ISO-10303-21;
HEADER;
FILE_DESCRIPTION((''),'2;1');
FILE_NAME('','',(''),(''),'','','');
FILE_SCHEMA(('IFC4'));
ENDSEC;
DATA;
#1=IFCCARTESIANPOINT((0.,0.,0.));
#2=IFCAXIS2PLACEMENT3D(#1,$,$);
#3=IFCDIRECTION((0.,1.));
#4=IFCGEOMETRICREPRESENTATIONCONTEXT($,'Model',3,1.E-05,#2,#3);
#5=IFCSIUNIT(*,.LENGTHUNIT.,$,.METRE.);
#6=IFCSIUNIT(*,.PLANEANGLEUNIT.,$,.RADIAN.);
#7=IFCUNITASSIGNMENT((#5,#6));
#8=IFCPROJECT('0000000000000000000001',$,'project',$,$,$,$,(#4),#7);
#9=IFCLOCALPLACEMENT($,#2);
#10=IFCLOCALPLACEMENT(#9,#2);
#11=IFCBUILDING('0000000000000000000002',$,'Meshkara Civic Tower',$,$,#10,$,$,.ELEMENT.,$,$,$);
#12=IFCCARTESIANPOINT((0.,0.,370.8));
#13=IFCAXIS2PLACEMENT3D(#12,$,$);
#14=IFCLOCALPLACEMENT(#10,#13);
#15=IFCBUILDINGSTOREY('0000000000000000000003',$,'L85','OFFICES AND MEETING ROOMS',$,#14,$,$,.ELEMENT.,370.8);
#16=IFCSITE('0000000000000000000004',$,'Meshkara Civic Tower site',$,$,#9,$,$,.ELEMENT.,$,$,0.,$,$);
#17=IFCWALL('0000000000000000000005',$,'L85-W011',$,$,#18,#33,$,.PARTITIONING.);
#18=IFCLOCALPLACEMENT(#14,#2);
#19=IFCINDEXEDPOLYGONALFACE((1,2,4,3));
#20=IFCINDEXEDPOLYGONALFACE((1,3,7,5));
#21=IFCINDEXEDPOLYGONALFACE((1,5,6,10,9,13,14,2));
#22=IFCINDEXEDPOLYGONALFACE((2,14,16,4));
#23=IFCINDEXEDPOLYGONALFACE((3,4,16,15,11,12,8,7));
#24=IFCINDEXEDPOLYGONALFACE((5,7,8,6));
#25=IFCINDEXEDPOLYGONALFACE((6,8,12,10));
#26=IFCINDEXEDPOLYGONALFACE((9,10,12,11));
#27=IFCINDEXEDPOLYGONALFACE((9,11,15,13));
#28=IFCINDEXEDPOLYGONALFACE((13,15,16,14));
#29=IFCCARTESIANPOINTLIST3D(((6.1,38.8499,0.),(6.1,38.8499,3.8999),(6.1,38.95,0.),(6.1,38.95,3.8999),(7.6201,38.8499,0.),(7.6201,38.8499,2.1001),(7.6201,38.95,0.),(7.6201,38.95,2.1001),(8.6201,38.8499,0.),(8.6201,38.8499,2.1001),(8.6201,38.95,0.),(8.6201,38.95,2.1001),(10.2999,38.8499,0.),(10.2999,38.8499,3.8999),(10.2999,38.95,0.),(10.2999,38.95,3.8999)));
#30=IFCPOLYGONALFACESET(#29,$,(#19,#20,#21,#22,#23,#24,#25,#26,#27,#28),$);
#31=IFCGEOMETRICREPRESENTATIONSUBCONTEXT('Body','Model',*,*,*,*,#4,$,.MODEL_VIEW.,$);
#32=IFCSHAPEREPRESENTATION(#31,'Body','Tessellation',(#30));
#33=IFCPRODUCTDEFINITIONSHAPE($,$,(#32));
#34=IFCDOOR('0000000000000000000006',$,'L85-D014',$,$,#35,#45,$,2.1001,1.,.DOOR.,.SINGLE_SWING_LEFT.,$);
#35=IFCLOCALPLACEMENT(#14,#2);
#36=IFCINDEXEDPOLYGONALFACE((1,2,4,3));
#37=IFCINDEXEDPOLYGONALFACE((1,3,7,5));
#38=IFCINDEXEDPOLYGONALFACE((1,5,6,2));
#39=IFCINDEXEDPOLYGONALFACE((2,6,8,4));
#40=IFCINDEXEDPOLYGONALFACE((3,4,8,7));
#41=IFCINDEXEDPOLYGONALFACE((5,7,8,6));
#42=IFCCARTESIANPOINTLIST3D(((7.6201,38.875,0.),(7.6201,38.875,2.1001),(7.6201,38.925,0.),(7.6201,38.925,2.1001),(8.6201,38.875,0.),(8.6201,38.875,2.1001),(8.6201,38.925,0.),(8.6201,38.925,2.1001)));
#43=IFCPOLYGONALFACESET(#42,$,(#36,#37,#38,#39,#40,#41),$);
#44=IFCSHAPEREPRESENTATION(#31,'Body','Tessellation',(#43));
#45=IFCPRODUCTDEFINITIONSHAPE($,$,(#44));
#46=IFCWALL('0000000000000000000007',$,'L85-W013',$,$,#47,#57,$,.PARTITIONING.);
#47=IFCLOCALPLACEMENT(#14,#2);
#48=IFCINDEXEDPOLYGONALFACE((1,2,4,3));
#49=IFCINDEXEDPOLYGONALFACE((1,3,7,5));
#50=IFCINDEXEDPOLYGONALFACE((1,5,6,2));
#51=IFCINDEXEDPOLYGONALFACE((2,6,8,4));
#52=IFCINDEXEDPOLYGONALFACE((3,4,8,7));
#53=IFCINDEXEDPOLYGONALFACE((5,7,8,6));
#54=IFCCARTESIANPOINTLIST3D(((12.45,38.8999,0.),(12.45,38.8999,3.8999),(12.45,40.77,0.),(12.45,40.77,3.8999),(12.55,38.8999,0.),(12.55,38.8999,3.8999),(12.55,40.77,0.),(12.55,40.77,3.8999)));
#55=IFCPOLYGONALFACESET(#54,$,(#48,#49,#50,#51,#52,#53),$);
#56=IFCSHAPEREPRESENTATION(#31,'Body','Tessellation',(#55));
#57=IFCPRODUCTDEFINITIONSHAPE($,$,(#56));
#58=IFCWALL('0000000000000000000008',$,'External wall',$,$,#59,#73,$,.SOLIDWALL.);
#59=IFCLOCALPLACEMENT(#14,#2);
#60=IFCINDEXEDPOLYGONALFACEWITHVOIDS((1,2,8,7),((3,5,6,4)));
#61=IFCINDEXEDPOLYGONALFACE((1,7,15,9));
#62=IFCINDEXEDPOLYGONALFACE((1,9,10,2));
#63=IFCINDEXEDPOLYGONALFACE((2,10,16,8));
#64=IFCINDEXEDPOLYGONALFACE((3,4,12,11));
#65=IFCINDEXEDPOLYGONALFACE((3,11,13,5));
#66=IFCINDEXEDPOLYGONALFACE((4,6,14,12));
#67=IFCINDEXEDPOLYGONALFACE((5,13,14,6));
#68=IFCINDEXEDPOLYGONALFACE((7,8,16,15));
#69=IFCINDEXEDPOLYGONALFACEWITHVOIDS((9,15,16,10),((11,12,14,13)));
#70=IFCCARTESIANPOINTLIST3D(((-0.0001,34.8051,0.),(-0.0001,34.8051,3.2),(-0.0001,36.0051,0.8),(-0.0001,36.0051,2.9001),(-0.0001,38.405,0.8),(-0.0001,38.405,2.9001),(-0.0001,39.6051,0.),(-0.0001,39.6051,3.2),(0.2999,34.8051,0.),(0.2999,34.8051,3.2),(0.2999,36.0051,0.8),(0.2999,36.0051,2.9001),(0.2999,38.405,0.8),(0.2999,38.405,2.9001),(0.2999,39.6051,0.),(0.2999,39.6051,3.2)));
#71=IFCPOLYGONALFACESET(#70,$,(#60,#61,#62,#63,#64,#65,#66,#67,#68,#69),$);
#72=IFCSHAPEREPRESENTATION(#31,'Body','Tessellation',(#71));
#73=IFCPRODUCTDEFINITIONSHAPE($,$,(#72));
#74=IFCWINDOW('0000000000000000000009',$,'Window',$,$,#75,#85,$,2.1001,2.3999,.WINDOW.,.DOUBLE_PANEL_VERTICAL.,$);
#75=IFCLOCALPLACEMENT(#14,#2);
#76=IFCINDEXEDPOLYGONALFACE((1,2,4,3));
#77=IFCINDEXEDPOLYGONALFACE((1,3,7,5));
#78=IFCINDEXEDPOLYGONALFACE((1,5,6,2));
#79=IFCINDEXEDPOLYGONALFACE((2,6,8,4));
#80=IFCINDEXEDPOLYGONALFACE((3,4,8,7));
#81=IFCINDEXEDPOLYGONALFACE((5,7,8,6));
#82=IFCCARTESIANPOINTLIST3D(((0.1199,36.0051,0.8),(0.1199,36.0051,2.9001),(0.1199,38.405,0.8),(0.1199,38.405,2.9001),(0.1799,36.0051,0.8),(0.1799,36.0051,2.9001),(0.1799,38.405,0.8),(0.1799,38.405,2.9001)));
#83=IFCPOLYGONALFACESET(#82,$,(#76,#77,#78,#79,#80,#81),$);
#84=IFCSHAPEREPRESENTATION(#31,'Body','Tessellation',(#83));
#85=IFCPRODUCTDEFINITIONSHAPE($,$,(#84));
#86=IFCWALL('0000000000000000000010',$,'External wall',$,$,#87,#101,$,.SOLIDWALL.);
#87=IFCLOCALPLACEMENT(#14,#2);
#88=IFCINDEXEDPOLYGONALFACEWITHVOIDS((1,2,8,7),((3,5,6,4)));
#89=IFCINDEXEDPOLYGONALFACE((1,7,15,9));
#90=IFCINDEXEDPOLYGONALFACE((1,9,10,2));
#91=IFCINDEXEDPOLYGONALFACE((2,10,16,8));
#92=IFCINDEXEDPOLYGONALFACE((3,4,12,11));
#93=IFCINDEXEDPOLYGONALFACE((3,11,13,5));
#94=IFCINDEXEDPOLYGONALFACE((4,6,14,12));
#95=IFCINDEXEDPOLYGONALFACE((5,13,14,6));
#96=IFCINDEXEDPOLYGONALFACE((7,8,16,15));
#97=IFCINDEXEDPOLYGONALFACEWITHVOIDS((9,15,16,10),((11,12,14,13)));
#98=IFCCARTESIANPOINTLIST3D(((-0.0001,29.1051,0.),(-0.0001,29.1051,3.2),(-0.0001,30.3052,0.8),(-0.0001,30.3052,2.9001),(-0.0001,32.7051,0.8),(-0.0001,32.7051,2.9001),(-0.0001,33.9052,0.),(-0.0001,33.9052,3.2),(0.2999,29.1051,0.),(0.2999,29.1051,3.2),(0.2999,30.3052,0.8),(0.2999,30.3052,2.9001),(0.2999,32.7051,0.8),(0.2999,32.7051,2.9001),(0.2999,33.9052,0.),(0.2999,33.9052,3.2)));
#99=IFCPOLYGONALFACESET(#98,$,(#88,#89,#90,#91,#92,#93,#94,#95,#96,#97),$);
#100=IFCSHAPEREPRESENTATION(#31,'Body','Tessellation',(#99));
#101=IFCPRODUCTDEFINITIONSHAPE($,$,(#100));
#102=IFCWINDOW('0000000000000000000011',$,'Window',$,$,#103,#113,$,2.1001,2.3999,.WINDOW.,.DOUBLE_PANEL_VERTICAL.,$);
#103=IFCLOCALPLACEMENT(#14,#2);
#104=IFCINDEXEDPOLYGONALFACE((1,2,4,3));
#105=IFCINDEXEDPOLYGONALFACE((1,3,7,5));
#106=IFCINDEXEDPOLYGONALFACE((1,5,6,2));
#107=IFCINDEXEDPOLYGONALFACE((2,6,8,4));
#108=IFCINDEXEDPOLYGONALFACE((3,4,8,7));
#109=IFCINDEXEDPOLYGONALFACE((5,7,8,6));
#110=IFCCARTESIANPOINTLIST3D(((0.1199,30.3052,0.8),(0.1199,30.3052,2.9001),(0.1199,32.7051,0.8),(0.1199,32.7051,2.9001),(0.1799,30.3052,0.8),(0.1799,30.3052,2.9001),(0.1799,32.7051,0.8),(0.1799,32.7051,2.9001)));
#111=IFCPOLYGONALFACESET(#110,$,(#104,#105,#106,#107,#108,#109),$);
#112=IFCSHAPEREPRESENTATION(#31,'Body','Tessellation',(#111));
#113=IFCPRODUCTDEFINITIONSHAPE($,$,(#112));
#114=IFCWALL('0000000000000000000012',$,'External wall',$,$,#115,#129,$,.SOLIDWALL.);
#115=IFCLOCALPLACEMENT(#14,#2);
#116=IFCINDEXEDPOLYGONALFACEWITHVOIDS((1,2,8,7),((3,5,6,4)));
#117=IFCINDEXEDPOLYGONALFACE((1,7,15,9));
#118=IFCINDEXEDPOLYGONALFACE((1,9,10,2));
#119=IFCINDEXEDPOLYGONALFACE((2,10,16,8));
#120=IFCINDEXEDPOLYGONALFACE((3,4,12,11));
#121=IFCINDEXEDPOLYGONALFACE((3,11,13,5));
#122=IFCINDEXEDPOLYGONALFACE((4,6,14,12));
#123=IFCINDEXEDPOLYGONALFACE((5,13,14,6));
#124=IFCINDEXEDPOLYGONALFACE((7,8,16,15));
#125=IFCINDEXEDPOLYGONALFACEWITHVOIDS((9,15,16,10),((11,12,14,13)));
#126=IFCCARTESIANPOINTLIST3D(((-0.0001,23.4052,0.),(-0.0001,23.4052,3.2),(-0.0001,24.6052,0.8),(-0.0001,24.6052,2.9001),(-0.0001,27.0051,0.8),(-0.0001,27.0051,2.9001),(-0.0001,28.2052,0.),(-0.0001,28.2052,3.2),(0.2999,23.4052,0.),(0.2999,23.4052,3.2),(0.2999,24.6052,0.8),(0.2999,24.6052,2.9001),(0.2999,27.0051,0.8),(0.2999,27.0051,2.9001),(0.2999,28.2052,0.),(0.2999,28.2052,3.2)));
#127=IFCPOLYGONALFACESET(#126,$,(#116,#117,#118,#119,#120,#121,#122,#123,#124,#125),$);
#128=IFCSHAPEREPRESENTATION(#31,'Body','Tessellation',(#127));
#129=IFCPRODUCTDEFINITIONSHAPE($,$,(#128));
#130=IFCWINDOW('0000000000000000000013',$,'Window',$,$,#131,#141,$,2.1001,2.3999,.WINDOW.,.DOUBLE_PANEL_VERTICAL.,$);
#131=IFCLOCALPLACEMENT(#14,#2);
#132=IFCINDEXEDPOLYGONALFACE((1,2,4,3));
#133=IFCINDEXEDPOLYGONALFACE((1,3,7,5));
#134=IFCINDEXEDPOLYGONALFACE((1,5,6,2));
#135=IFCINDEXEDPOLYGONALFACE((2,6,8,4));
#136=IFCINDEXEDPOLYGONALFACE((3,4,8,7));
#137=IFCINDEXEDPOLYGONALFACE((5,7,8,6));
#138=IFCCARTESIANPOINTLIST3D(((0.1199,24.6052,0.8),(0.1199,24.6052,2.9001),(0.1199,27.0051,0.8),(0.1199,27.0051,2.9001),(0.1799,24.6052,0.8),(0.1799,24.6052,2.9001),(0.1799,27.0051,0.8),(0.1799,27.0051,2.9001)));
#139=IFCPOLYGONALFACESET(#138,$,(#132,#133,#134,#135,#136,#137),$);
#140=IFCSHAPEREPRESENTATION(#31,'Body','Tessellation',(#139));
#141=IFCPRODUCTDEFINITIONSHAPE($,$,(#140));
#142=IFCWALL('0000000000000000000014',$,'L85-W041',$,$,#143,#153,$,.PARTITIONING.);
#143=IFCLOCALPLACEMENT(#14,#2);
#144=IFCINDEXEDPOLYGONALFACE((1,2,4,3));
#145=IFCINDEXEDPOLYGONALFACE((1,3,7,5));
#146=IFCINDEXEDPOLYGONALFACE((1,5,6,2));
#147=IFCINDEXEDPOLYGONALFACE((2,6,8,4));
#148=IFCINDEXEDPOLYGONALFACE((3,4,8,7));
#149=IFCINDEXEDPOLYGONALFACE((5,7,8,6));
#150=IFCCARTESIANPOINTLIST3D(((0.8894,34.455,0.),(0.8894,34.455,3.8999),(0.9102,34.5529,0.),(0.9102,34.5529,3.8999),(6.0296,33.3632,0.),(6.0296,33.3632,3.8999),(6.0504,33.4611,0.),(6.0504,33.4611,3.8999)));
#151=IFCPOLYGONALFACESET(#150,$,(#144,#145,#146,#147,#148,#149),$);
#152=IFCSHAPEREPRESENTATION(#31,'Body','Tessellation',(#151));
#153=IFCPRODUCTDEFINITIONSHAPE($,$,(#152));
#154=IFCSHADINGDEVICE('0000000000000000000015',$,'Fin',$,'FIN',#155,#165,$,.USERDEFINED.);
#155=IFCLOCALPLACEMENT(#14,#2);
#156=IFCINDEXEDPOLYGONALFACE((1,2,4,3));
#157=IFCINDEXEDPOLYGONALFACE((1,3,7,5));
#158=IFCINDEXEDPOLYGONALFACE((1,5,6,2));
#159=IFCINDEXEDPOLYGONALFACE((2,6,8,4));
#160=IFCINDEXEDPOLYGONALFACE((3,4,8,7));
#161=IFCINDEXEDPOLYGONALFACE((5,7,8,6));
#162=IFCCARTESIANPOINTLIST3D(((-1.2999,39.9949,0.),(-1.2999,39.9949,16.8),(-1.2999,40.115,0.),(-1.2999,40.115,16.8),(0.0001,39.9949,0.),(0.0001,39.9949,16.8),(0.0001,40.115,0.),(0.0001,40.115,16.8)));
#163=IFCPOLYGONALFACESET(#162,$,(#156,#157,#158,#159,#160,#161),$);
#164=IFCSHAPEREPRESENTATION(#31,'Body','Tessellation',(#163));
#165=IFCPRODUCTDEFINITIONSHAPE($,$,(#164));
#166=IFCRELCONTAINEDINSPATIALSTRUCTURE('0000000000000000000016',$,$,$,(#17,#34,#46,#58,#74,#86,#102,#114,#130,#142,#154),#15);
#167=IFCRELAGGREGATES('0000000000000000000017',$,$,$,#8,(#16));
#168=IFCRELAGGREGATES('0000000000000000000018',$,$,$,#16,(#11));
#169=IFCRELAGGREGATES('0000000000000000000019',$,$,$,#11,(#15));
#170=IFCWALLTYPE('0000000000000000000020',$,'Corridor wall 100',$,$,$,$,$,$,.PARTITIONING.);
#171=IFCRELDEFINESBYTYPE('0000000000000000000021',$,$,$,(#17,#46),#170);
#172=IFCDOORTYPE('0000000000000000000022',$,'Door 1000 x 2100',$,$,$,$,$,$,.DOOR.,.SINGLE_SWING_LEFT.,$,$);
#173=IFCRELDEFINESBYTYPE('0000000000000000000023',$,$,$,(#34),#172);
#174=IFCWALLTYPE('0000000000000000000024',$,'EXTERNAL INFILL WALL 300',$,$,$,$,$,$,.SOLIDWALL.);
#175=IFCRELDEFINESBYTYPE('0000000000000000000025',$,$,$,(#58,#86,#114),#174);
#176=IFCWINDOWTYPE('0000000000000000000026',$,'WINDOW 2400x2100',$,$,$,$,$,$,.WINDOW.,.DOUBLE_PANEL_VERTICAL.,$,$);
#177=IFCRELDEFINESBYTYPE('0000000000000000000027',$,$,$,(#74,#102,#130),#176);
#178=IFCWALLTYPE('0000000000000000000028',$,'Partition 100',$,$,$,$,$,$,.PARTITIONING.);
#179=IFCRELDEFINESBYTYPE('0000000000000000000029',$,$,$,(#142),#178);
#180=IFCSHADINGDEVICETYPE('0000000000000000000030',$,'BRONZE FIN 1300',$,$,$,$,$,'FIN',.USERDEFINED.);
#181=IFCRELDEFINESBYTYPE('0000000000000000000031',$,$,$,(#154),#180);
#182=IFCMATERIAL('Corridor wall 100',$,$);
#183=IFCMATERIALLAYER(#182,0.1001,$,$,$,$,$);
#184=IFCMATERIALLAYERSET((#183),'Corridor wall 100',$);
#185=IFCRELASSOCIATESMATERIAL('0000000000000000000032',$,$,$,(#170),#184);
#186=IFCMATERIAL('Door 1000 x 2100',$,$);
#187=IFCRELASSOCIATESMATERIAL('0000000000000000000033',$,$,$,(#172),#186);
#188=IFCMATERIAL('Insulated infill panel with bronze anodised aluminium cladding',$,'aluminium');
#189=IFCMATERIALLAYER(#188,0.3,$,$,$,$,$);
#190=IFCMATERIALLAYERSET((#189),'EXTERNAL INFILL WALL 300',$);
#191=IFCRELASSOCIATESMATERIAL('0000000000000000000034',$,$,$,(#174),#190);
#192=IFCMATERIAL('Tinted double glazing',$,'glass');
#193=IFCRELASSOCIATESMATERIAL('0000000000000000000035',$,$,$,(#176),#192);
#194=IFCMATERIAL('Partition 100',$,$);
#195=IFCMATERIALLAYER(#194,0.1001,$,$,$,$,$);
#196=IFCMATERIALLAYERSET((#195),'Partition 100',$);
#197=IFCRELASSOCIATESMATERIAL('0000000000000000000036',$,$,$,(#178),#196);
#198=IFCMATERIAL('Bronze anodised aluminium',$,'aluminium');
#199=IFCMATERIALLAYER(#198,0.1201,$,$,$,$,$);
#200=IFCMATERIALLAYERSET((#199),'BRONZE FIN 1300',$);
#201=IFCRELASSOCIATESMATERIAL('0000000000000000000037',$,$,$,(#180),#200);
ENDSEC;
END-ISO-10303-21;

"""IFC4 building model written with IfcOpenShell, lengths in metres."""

from ifc_helpers import new_model, si_unit, direction, frame, frame_2d, origin, origin_2d, place, context, subcontext, project, spatial, rectangle, extrude, material, layer, layer_set, type_object, element, fill, save


model = new_model("IFC4")

# Units and contexts
model_context = context("Model", 3, precision=1e-05, world=origin(), true_north=direction((0.0, 1.0)))
body_context = subcontext(model_context, "Body", "Model", "MODEL_VIEW")
ifc_project = project(units=[si_unit("LENGTHUNIT", "METRE"), si_unit("PLANEANGLEUNIT", "RADIAN")], contexts=[model_context])

# Site, building, storey
site_placement = place(None, origin())
site = spatial("IfcSite", under=ifc_project, at=site_placement, Name="Meshkara Civic Tower site", CompositionType="ELEMENT", RefElevation=0.0)
building_placement = place(site_placement, origin())
building = spatial("IfcBuilding", under=site, at=building_placement, Name="Meshkara Civic Tower", CompositionType="ELEMENT")
storey_placement = place(building_placement, frame((0.0, 0.0, 370.8)))
storey = spatial("IfcBuildingStorey", under=building, at=storey_placement, Name="L85", Description="OFFICES AND MEETING ROOMS", CompositionType="ELEMENT", Elevation=370.8)

# Shared definitions
ifc_material_1 = material(Name="Corridor wall 100")
ifc_layer_1 = layer(ifc_material_1, 0.1001)
ifc_layer_set_1 = layer_set([ifc_layer_1], Name="Corridor wall 100")
wall_type_1 = type_object("IfcWallType", Name="Corridor wall 100", PredefinedType="PARTITIONING", material=ifc_layer_set_1)
ifc_material_2 = material(Name="Door 1000 x 2100")
door_type_1 = type_object("IfcDoorType", Name="Door 1000 x 2100", OperationType="SINGLE_SWING_LEFT", PredefinedType="DOOR", material=ifc_material_2)

# Wall, opening, door
wall_1_placement = place(storey_placement, frame((10.3, 38.8999, 0.0), z_axis=(0.0, 0.0, 1.0), x_axis=(-1.0, 0.0, 0.0)))
wall_1 = element("IfcWall", 1, at=wall_1_placement, inside=storey, type_object=wall_type_1, Name="L85-W011", PredefinedType="PARTITIONING", context=body_context, shape_type="SweptSolid", body=[
    extrude(rectangle(XDim=4.2, YDim=0.1001, at=frame_2d((2.1001, 0.0))), origin(), (0.0, 0.0, 1.0), 3.8999),
])
opening_1_placement = place(wall_1_placement, frame((1.6799, 0.0, 0.0)))
opening_1 = element("IfcOpeningElement", 2, at=opening_1_placement, cuts=wall_1, PredefinedType="OPENING", context=body_context, shape_type="SweptSolid", body=[
    extrude(rectangle(XDim=1.0, YDim=2.1001, at=frame_2d((0.5, 1.05))), frame((0.0, 0.0601, 0.0), z_axis=(0.0, -1.0, 0.0), x_axis=(1.0, 0.0, 0.0)), (0.0, 0.0, 1.0), 0.1201),
])
door_1_placement = place(opening_1_placement, origin())
door_1 = element("IfcDoor", 3, at=door_1_placement, inside=storey, type_object=door_type_1, Name="L85-D014", OperationType="SINGLE_SWING_LEFT", OverallHeight=2.1001, OverallWidth=1.0, PredefinedType="DOOR", context=body_context, shape_type="SweptSolid", body=[
    extrude(rectangle(XDim=1.0, YDim=2.1001, at=frame_2d((0.5, 1.05))), frame((0.0, 0.0249, 0.0), z_axis=(0.0, -1.0, 0.0), x_axis=(1.0, 0.0, 0.0)), (0.0, 0.0, 1.0), 0.05),
])
fill(opening_1, door_1)

# Wall
wall_2_placement = place(storey_placement, frame((12.5, 38.8999, 0.0), z_axis=(0.0, 0.0, 1.0), x_axis=(0.0, 1.0, 0.0)))
element("IfcWall", 4, at=wall_2_placement, inside=storey, type_object=wall_type_1, Name="L85-W013", PredefinedType="PARTITIONING", context=body_context, shape_type="SweptSolid", body=[
    extrude(rectangle(XDim=1.8701, YDim=0.1001, at=frame_2d((0.9351, 0.0))), origin(), (0.0, 0.0, 1.0), 3.8999),
])

# Walls, openings, windows
ifc_material_3 = material(Name="Insulated infill panel with bronze anodised aluminium cladding", Category="aluminium")
ifc_layer_2 = layer(ifc_material_3, 0.3)
ifc_layer_set_2 = layer_set([ifc_layer_2], Name="EXTERNAL INFILL WALL 300")
wall_type_2 = type_object("IfcWallType", Name="EXTERNAL INFILL WALL 300", PredefinedType="SOLIDWALL", material=ifc_layer_set_2)
wall_3_placement = place(storey_placement, frame((0.1499, 39.605, 0.0), z_axis=(0.0, 0.0, 1.0), x_axis=(0.0, -1.0, 0.0)))
wall_3 = element("IfcWall", 5, at=wall_3_placement, inside=storey, type_object=wall_type_2, Name="External wall", PredefinedType="SOLIDWALL", context=body_context, shape_type="SweptSolid", body=[
    extrude(rectangle(XDim=4.8, YDim=0.3, at=frame_2d((2.3999, 0.0))), origin(), (0.0, 0.0, 1.0), 3.2),
])
opening_2_placement = place(wall_3_placement, frame((1.2, 0.0, 0.8)))
opening_2 = element("IfcOpeningElement", 6, at=opening_2_placement, cuts=wall_3, PredefinedType="OPENING", context=body_context, shape_type="SweptSolid", body=[
    extrude(rectangle(XDim=2.3999, YDim=2.1001, at=frame_2d((1.2, 1.05))), frame((0.0, 0.1599, 0.0), z_axis=(0.0, -1.0, 0.0), x_axis=(1.0, 0.0, 0.0)), (0.0, 0.0, 1.0), 0.3201),
])
ifc_material_4 = material(Name="Tinted double glazing", Category="glass")
window_type = type_object("IfcWindowType", Name="WINDOW 2400x2100", PartitioningType="DOUBLE_PANEL_VERTICAL", PredefinedType="WINDOW", material=ifc_material_4)
window_1_placement = place(opening_2_placement, origin())
window_1 = element("IfcWindow", 7, at=window_1_placement, inside=storey, type_object=window_type, Name="Window", OverallHeight=2.1001, OverallWidth=2.3999, PartitioningType="DOUBLE_PANEL_VERTICAL", PredefinedType="WINDOW", context=body_context, shape_type="SweptSolid", body=[
    extrude(rectangle(XDim=2.3999, YDim=2.1001, at=frame_2d((1.2, 1.05))), frame((0.0, 0.03, 0.0), z_axis=(0.0, -1.0, 0.0), x_axis=(1.0, 0.0, 0.0)), (0.0, 0.0, 1.0), 0.0601),
])
fill(opening_2, window_1)
wall_4_placement = place(storey_placement, frame((0.1499, 33.905, 0.0), z_axis=(0.0, 0.0, 1.0), x_axis=(0.0, -1.0, 0.0)))
wall_4 = element("IfcWall", 8, at=wall_4_placement, inside=storey, type_object=wall_type_2, Name="External wall", PredefinedType="SOLIDWALL", context=body_context, shape_type="SweptSolid", body=[
    extrude(rectangle(XDim=4.8, YDim=0.3, at=frame_2d((2.3999, 0.0))), origin(), (0.0, 0.0, 1.0), 3.2),
])
opening_3_placement = place(wall_4_placement, frame((1.2, 0.0, 0.8)))
opening_3 = element("IfcOpeningElement", 9, at=opening_3_placement, cuts=wall_4, PredefinedType="OPENING", context=body_context, shape_type="SweptSolid", body=[
    extrude(rectangle(XDim=2.3999, YDim=2.1001, at=frame_2d((1.2, 1.05))), frame((0.0, 0.1599, 0.0), z_axis=(0.0, -1.0, 0.0), x_axis=(1.0, 0.0, 0.0)), (0.0, 0.0, 1.0), 0.3201),
])
window_2_placement = place(opening_3_placement, origin())
window_2 = element("IfcWindow", 10, at=window_2_placement, inside=storey, type_object=window_type, Name="Window", OverallHeight=2.1001, OverallWidth=2.3999, PartitioningType="DOUBLE_PANEL_VERTICAL", PredefinedType="WINDOW", context=body_context, shape_type="SweptSolid", body=[
    extrude(rectangle(XDim=2.3999, YDim=2.1001, at=frame_2d((1.2, 1.05))), frame((0.0, 0.03, 0.0), z_axis=(0.0, -1.0, 0.0), x_axis=(1.0, 0.0, 0.0)), (0.0, 0.0, 1.0), 0.0601),
])
fill(opening_3, window_2)
wall_5_placement = place(storey_placement, frame((0.1499, 28.2051, 0.0), z_axis=(0.0, 0.0, 1.0), x_axis=(0.0, -1.0, 0.0)))
wall_5 = element("IfcWall", 11, at=wall_5_placement, inside=storey, type_object=wall_type_2, Name="External wall", PredefinedType="SOLIDWALL", context=body_context, shape_type="SweptSolid", body=[
    extrude(rectangle(XDim=4.8, YDim=0.3, at=frame_2d((2.3999, 0.0))), origin(), (0.0, 0.0, 1.0), 3.2),
])
opening_4_placement = place(wall_5_placement, frame((1.2, 0.0, 0.8)))
opening_4 = element("IfcOpeningElement", 12, at=opening_4_placement, cuts=wall_5, PredefinedType="OPENING", context=body_context, shape_type="SweptSolid", body=[
    extrude(rectangle(XDim=2.3999, YDim=2.1001, at=frame_2d((1.2, 1.05))), frame((0.0, 0.1599, 0.0), z_axis=(0.0, -1.0, 0.0), x_axis=(1.0, 0.0, 0.0)), (0.0, 0.0, 1.0), 0.3201),
])
window_3_placement = place(opening_4_placement, origin())
window_3 = element("IfcWindow", 13, at=window_3_placement, inside=storey, type_object=window_type, Name="Window", OverallHeight=2.1001, OverallWidth=2.3999, PartitioningType="DOUBLE_PANEL_VERTICAL", PredefinedType="WINDOW", context=body_context, shape_type="SweptSolid", body=[
    extrude(rectangle(XDim=2.3999, YDim=2.1001, at=frame_2d((1.2, 1.05))), frame((0.0, 0.03, 0.0), z_axis=(0.0, -1.0, 0.0), x_axis=(1.0, 0.0, 0.0)), (0.0, 0.0, 1.0), 0.0601),
])
fill(opening_4, window_3)

# Wall
ifc_material_5 = material(Name="Partition 100")
ifc_layer_3 = layer(ifc_material_5, 0.1001)
ifc_layer_set_3 = layer_set([ifc_layer_3], Name="Partition 100")
wall_type_3 = type_object("IfcWallType", Name="Partition 100", PredefinedType="PARTITIONING", material=ifc_layer_set_3)
wall_6_placement = place(storey_placement, frame((6.04, 33.4121, 0.0), z_axis=(0.0, 0.0, 1.0), x_axis=(-0.978178, 0.207771, 0.0)))
element("IfcWall", 14, at=wall_6_placement, inside=storey, type_object=wall_type_3, Name="L85-W041", PredefinedType="PARTITIONING", context=body_context, shape_type="SweptSolid", body=[
    extrude(rectangle(XDim=5.2549, YDim=0.1001, at=frame_2d((2.6274, 0.0))), origin(), (0.0, 0.0, 1.0), 3.8999),
])

# Shading device
ifc_material_6 = material(Name="Bronze anodised aluminium", Category="aluminium")
ifc_layer_4 = layer(ifc_material_6, 0.1201)
ifc_layer_set_4 = layer_set([ifc_layer_4], Name="BRONZE FIN 1300")
shading_device_type = type_object("IfcShadingDeviceType", Name="BRONZE FIN 1300", ElementType="FIN", PredefinedType="USERDEFINED", material=ifc_layer_set_4)
for number, where, z_axis, x_axis, name in (
    (15, (-0.6499, 40.0549, 0.0), (0.0, 0.0, 1.0), (0.0, -1.0, 0.0), "Fin"),
):
    element("IfcShadingDevice", number, at=place(storey_placement, frame(where, z_axis=z_axis, x_axis=x_axis)), inside=storey, type_object=shading_device_type, Name=name, ObjectType="FIN", PredefinedType="USERDEFINED", context=body_context, shape_type="SweptSolid", body=[
        extrude(rectangle(XDim=0.1201, YDim=1.3, at=origin_2d()), origin(), (0.0, 0.0, 1.0), 16.8),
    ])

save(model, "model.ifc")
